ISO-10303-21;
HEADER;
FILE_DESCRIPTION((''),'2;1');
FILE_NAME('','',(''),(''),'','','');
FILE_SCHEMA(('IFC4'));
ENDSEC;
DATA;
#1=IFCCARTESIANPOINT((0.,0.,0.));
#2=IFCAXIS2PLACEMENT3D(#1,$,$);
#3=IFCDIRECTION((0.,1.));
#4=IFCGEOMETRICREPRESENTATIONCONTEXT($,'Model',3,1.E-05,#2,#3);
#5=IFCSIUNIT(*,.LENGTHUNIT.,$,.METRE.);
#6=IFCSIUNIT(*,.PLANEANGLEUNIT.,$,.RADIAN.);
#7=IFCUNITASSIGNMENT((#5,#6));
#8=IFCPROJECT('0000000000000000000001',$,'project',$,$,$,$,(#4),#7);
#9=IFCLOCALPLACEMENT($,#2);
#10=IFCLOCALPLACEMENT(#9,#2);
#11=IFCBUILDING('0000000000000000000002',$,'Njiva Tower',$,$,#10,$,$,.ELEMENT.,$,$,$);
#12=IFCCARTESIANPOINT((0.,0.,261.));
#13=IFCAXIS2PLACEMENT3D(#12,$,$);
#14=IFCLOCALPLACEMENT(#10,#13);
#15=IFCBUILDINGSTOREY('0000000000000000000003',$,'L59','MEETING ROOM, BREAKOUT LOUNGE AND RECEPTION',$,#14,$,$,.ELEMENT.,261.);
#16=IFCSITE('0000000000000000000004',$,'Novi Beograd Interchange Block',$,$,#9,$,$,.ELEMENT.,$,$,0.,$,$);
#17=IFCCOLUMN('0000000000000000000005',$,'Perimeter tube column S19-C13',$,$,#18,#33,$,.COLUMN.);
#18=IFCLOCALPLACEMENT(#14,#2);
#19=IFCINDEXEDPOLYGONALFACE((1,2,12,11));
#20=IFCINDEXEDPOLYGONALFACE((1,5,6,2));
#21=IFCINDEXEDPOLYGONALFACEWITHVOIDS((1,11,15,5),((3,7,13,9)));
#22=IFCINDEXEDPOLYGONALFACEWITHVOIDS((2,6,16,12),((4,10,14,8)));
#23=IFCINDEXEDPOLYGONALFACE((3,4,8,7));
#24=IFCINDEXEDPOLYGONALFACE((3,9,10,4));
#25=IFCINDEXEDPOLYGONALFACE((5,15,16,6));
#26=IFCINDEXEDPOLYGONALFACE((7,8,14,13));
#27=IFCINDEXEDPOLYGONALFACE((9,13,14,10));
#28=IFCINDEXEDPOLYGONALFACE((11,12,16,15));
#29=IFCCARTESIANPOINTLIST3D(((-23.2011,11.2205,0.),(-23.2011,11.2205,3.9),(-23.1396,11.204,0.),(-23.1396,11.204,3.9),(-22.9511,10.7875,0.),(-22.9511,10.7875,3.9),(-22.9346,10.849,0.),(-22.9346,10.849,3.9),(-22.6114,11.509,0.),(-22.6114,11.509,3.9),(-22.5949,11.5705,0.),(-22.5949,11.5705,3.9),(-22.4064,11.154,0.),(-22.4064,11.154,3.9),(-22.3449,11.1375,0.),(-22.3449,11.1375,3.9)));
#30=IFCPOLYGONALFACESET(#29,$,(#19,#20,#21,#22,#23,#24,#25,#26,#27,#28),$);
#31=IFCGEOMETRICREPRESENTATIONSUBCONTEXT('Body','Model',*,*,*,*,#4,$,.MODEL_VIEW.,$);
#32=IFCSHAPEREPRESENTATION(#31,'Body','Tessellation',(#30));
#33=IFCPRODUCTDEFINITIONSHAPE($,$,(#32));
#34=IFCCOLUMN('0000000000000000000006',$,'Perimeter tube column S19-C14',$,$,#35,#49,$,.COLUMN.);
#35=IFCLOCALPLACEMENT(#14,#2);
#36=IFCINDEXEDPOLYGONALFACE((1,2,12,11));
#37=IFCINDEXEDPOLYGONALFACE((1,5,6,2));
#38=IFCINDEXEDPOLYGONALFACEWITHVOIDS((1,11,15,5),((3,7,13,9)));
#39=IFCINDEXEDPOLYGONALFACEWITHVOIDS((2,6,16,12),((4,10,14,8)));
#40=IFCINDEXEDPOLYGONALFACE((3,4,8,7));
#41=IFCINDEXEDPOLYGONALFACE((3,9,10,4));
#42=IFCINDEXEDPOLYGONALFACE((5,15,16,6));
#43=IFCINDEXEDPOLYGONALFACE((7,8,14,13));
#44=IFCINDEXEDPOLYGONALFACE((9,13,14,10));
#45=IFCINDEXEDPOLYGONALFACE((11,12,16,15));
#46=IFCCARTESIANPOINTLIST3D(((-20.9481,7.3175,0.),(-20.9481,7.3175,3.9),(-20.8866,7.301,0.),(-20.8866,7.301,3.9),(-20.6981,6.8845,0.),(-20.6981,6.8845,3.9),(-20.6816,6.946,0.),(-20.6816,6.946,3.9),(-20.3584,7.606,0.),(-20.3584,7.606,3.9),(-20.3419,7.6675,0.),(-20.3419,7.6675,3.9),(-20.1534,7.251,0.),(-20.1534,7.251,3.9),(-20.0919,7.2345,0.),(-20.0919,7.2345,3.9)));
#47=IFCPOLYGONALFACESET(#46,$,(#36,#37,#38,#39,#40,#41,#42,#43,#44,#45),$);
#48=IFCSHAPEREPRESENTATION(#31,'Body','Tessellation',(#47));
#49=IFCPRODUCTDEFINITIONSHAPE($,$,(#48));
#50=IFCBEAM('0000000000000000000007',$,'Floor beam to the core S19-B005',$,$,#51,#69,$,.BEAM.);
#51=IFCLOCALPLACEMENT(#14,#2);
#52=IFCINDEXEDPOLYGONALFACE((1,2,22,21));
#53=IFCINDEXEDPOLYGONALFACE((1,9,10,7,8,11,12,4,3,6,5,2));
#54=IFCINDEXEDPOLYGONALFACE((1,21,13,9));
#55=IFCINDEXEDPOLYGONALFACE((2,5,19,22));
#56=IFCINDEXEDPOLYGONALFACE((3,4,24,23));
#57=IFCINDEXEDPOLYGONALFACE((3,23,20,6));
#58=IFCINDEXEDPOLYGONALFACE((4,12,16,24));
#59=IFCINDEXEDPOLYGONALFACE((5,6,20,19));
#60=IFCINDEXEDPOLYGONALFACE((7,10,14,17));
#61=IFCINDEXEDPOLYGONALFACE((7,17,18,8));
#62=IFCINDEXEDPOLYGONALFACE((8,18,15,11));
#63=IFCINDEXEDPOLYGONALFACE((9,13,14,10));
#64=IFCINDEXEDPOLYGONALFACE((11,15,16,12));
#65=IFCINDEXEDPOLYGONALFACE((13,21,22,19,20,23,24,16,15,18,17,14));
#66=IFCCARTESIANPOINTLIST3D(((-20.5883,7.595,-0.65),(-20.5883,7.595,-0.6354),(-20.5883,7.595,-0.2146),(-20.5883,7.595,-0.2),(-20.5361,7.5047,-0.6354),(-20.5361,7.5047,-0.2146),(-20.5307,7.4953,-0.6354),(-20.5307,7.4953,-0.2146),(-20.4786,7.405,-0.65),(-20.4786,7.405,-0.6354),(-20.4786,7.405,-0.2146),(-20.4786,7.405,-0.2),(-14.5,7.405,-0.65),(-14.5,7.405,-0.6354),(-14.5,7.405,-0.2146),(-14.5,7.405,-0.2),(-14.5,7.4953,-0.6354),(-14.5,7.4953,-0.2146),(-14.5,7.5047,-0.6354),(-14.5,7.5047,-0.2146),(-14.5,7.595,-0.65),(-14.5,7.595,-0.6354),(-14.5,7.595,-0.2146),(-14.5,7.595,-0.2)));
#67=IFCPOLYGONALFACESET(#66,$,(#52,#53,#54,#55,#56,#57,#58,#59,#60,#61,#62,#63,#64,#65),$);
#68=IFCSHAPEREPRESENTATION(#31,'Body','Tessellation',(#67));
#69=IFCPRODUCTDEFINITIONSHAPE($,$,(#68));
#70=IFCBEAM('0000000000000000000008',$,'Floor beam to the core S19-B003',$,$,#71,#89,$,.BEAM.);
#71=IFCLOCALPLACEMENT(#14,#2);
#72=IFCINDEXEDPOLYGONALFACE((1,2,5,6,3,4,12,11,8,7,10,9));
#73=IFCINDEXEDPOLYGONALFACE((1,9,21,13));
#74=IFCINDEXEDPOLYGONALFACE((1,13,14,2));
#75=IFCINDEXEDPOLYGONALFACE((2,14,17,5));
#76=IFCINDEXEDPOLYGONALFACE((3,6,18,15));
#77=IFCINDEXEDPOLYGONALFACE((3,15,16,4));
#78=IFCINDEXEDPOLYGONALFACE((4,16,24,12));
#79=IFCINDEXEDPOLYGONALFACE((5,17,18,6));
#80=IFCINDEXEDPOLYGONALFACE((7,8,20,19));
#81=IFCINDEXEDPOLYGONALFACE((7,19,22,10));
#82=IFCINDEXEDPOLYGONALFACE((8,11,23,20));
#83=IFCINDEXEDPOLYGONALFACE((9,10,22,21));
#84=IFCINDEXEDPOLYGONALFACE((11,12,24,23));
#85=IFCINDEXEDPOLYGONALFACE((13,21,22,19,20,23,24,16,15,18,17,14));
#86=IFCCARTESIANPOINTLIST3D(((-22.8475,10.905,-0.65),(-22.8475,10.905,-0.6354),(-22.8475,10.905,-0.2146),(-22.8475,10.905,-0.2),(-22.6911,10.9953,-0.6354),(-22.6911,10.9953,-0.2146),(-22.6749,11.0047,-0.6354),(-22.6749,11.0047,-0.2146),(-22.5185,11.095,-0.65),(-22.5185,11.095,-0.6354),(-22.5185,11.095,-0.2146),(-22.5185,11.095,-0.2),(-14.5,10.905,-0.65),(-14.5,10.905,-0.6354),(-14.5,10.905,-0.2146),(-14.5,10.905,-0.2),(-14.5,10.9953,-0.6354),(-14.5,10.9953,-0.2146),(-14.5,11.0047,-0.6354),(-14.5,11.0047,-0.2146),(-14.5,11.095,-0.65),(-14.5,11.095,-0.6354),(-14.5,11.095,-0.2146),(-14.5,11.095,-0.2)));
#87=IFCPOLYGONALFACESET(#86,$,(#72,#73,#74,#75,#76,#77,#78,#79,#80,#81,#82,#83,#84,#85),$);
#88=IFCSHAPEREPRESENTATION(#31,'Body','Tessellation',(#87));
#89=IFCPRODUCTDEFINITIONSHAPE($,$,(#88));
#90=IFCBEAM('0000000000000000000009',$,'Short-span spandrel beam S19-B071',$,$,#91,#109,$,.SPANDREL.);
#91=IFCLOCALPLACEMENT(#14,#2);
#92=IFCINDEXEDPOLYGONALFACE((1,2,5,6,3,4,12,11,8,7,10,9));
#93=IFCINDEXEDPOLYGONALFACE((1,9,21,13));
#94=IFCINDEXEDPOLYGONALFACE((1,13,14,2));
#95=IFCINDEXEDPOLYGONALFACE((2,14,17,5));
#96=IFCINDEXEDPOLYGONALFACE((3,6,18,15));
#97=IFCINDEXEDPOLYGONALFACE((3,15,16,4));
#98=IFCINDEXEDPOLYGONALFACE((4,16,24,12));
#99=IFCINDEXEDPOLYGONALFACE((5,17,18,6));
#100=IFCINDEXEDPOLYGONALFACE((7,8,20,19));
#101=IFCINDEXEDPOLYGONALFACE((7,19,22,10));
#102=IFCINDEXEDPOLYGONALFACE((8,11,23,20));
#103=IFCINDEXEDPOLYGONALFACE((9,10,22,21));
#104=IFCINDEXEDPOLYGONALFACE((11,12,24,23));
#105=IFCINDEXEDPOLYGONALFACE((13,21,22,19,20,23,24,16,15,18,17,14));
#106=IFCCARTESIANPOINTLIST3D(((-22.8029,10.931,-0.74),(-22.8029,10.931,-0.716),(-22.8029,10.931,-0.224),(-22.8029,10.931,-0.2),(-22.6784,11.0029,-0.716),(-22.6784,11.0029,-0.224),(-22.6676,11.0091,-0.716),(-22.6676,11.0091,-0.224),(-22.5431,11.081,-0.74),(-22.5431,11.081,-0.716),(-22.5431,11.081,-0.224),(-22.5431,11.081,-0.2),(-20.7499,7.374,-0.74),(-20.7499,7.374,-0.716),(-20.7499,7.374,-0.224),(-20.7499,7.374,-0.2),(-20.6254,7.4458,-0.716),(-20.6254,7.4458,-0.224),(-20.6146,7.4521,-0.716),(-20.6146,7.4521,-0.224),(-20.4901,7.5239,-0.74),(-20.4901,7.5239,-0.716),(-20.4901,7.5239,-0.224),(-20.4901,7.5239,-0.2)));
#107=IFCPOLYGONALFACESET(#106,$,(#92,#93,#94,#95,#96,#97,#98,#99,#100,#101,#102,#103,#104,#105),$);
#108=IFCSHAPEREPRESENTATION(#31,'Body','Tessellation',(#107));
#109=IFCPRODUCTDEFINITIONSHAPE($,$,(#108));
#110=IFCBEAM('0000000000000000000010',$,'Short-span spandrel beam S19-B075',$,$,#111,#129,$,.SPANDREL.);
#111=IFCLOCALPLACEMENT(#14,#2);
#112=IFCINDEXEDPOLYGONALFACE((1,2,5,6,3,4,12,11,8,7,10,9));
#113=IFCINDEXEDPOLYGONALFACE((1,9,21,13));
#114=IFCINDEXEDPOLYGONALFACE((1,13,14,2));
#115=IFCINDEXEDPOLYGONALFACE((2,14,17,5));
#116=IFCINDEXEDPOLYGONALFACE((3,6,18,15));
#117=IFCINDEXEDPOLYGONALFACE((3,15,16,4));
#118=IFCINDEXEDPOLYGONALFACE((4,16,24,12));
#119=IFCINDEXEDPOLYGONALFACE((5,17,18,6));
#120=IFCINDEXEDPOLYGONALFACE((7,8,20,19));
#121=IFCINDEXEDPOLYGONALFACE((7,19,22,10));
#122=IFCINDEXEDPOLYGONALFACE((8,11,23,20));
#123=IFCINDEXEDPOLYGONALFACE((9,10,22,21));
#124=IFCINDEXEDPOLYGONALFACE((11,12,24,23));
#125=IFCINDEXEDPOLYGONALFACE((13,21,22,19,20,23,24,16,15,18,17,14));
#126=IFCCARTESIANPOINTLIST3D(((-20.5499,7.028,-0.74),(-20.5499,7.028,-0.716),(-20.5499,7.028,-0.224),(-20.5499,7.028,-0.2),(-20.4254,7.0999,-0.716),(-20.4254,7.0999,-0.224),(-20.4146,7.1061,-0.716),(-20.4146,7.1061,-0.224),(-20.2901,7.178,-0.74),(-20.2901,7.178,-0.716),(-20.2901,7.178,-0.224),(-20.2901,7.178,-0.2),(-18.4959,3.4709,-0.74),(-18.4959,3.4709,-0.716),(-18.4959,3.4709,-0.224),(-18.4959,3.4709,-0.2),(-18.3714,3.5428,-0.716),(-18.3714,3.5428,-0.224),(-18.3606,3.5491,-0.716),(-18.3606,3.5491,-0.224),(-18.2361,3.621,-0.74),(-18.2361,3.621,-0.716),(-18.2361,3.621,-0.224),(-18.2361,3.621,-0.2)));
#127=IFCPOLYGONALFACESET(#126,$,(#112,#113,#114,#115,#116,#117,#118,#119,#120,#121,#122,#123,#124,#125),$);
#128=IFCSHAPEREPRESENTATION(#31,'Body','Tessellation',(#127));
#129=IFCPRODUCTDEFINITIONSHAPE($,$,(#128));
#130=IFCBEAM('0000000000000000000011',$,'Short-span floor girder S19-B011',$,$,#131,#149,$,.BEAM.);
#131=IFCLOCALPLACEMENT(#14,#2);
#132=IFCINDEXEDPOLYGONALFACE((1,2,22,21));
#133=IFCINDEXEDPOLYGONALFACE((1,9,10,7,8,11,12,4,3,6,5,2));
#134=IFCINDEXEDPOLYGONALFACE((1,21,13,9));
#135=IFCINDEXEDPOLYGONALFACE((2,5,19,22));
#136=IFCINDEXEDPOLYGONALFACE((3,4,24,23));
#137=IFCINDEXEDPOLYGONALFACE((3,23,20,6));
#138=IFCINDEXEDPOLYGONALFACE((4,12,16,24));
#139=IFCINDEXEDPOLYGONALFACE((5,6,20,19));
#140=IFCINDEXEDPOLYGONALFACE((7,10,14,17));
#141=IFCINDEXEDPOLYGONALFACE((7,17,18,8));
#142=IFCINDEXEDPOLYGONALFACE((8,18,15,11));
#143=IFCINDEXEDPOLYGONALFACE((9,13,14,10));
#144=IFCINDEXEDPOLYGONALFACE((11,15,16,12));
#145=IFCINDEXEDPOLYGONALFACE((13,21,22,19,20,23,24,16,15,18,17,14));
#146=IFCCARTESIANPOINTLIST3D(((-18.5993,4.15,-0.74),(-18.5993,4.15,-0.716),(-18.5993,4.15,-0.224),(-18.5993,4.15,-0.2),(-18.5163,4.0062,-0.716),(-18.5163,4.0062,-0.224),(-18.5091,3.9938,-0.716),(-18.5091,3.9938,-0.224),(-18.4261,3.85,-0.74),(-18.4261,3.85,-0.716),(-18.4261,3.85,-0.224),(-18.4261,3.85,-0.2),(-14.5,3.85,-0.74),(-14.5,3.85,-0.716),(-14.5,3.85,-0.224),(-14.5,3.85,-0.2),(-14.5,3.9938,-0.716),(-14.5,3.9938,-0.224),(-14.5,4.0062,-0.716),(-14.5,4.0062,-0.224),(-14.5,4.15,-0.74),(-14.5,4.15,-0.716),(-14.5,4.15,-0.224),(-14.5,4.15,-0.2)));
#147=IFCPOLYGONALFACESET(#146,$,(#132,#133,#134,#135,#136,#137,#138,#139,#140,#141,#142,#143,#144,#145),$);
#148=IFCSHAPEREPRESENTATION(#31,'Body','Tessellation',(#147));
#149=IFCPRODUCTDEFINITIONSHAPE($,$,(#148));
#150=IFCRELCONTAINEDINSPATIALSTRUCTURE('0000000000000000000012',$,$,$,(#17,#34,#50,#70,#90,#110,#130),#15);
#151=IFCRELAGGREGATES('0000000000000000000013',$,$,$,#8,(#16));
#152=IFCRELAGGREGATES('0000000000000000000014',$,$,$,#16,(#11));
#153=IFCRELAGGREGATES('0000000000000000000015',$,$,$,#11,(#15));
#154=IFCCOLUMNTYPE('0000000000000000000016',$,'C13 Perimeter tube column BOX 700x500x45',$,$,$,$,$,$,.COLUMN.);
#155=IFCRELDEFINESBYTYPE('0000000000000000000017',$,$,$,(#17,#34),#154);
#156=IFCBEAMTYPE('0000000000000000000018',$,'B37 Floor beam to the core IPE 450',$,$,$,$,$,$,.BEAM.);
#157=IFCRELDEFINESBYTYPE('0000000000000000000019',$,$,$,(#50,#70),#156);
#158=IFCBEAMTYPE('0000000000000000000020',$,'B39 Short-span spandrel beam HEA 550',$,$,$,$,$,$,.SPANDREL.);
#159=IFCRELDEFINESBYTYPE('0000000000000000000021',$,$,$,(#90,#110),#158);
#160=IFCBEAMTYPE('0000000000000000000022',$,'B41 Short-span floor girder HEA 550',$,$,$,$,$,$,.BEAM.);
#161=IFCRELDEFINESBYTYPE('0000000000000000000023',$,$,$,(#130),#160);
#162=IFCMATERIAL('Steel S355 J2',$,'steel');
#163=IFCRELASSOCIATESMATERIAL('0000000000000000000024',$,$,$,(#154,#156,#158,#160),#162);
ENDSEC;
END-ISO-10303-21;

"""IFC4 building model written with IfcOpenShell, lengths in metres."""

from ifc_helpers import new_model, si_unit, direction, frame, origin, origin_2d, place, context, subcontext, project, spatial, hollow_rectangle, i_section, extrude, clip, halfspace, material, material_profile, profile_set, type_object, element, save


model = new_model("IFC4")

# Units and contexts
model_context = context("Model", 3, precision=1e-05, world=origin(), true_north=direction((0.0, 1.0)))
body_context = subcontext(model_context, "Body", "Model", "MODEL_VIEW")
ifc_project = project(units=[si_unit("LENGTHUNIT", "METRE"), si_unit("PLANEANGLEUNIT", "RADIAN")], contexts=[model_context])

# Site, building, storey
site_placement = place(None, origin())
site = spatial("IfcSite", under=ifc_project, at=site_placement, Name="Novi Beograd Interchange Block", CompositionType="ELEMENT", RefElevation=0.0)
building_placement = place(site_placement, origin())
building = spatial("IfcBuilding", under=site, at=building_placement, Name="Njiva Tower", CompositionType="ELEMENT")
storey_placement = place(building_placement, frame((0.0, 0.0, 261.0)))
storey = spatial("IfcBuildingStorey", under=building, at=storey_placement, Name="L59", Description="MEETING ROOM, BREAKOUT LOUNGE AND RECEPTION", CompositionType="ELEMENT", Elevation=261.0)

# Columns
ifc_material_1 = material(Name="Steel S355 J2", Category="steel")
ifc_material_profile_1 = material_profile(ifc_material_1, hollow_rectangle(XDim=0.5, YDim=0.7, WallThickness=0.045, at=origin_2d()), Name="BOX 700x500x45")
ifc_profile_set_1 = profile_set([ifc_material_profile_1], Name="Steel S355 J2")
column_type = type_object("IfcColumnType", Name="C13 Perimeter tube column BOX 700x500x45", PredefinedType="COLUMN", material=ifc_profile_set_1)
for number, where, z_axis, x_axis, name in (
    (1, (-22.773, 11.179, 0.0), (0.0, 0.0, 1.0), (0.5, -0.866025, 0.0), "Perimeter tube column S19-C13"),
    (2, (-20.52, 7.276, 0.0), (0.0, 0.0, 1.0), (0.5, -0.866025, 0.0), "Perimeter tube column S19-C14"),
):
    element("IfcColumn", number, at=place(storey_placement, frame(where, z_axis=z_axis, x_axis=x_axis)), inside=storey, type_object=column_type, Name=name, PredefinedType="COLUMN", context=body_context, shape_type="SweptSolid", body=[
        extrude(hollow_rectangle(XDim=0.5, YDim=0.7, WallThickness=0.045, at=origin_2d()), origin(), (0.0, 0.0, 1.0), 3.9),
    ])

# Beams
ifc_material_profile_2 = material_profile(ifc_material_1, i_section(OverallWidth=0.19, OverallDepth=0.45, WebThickness=0.0094, FlangeThickness=0.0146, at=origin_2d()), Name="IPE 450")
ifc_profile_set_2 = profile_set([ifc_material_profile_2], Name="Steel S355 J2")
beam_type_1 = type_object("IfcBeamType", Name="B37 Floor beam to the core IPE 450", PredefinedType="BEAM", material=ifc_profile_set_2)
beam_1_placement = place(storey_placement, frame((-20.608, 7.5, -0.425), z_axis=(1.0, 0.0, 0.0), x_axis=(0.0, 1.0, 0.0)))
element("IfcBeam", 3, at=beam_1_placement, inside=storey, type_object=beam_type_1, Name="Floor beam to the core S19-B005", PredefinedType="BEAM", context=body_context, shape_type="Clipping", body=[
    clip(extrude(i_section(OverallWidth=0.19, OverallDepth=0.45, WebThickness=0.0094, FlangeThickness=0.0146, at=origin_2d()), origin(), (0.0, 0.0, 1.0), 6.108), halfspace(frame((-0.025, 0.0, 0.089), z_axis=(-0.499998, 0.0, -0.866027), x_axis=(0.0, -1.0, 0.0)), False)),
])
beam_2_placement = place(storey_placement, frame((-22.868, 11.0, -0.425), z_axis=(1.0, 0.0, 0.0), x_axis=(0.0, 1.0, 0.0)))
element("IfcBeam", 4, at=beam_2_placement, inside=storey, type_object=beam_type_1, Name="Floor beam to the core S19-B003", PredefinedType="BEAM", context=body_context, shape_type="Clipping", body=[
    clip(extrude(i_section(OverallWidth=0.19, OverallDepth=0.45, WebThickness=0.0094, FlangeThickness=0.0146, at=origin_2d()), origin(), (0.0, 0.0, 1.0), 8.368), halfspace(frame((0.0433, 0.0, 0.26), z_axis=(0.866027, 0.0, -0.499998), x_axis=(0.0, -1.0, 0.0)), False)),
])
ifc_material_profile_3 = material_profile(ifc_material_1, i_section(OverallWidth=0.3, OverallDepth=0.54, WebThickness=0.0125, FlangeThickness=0.024, at=origin_2d()), Name="HEA 550")
ifc_profile_set_3 = profile_set([ifc_material_profile_3], Name="Steel S355 J2")
beam_type_2 = type_object("IfcBeamType", Name="B39 Short-span spandrel beam HEA 550", PredefinedType="SPANDREL", material=ifc_profile_set_3)
beam_3_placement = place(storey_placement, frame((-22.673, 11.006, -0.47), z_axis=(0.499884, -0.866092, 0.0), x_axis=(0.866092, 0.499884, 0.0)))
element("IfcBeam", 5, at=beam_3_placement, inside=storey, type_object=beam_type_2, Name="Short-span spandrel beam S19-B071", PredefinedType="SPANDREL", context=body_context, shape_type="SweptSolid", body=[
    extrude(i_section(OverallWidth=0.3, OverallDepth=0.54, WebThickness=0.0125, FlangeThickness=0.024, at=origin_2d()), origin(), (0.0, 0.0, 1.0), 4.107),
])
beam_4_placement = place(storey_placement, frame((-20.42, 7.103, -0.47), z_axis=(0.500067, -0.865987, 0.0), x_axis=(0.865987, 0.500067, 0.0)))
element("IfcBeam", 6, at=beam_4_placement, inside=storey, type_object=beam_type_2, Name="Short-span spandrel beam S19-B075", PredefinedType="SPANDREL", context=body_context, shape_type="SweptSolid", body=[
    extrude(i_section(OverallWidth=0.3, OverallDepth=0.54, WebThickness=0.0125, FlangeThickness=0.024, at=origin_2d()), origin(), (0.0, 0.0, 1.0), 4.1075),
])
ifc_material_profile_4 = material_profile(ifc_material_1, i_section(OverallWidth=0.3, OverallDepth=0.54, WebThickness=0.0125, FlangeThickness=0.024, at=origin_2d()), Name="HEA 550")
ifc_profile_set_4 = profile_set([ifc_material_profile_4], Name="Steel S355 J2")
beam_type_3 = type_object("IfcBeamType", Name="B41 Short-span floor girder HEA 550", PredefinedType="BEAM", material=ifc_profile_set_4)
beam_5_placement = place(storey_placement, frame((-18.62, 4.0, -0.47), z_axis=(1.0, 0.0, 0.0), x_axis=(0.0, 1.0, 0.0)))
element("IfcBeam", 7, at=beam_5_placement, inside=storey, type_object=beam_type_3, Name="Short-span floor girder S19-B011", PredefinedType="BEAM", context=body_context, shape_type="Clipping", body=[
    clip(extrude(i_section(OverallWidth=0.3, OverallDepth=0.54, WebThickness=0.0125, FlangeThickness=0.024, at=origin_2d()), origin(), (0.0, 0.0, 1.0), 4.12), halfspace(frame((-0.025, 0.0, 0.1217), z_axis=(-0.499998, 0.0, -0.866027), x_axis=(0.0, -1.0, 0.0)), False)),
])

save(model, "model.ifc")
